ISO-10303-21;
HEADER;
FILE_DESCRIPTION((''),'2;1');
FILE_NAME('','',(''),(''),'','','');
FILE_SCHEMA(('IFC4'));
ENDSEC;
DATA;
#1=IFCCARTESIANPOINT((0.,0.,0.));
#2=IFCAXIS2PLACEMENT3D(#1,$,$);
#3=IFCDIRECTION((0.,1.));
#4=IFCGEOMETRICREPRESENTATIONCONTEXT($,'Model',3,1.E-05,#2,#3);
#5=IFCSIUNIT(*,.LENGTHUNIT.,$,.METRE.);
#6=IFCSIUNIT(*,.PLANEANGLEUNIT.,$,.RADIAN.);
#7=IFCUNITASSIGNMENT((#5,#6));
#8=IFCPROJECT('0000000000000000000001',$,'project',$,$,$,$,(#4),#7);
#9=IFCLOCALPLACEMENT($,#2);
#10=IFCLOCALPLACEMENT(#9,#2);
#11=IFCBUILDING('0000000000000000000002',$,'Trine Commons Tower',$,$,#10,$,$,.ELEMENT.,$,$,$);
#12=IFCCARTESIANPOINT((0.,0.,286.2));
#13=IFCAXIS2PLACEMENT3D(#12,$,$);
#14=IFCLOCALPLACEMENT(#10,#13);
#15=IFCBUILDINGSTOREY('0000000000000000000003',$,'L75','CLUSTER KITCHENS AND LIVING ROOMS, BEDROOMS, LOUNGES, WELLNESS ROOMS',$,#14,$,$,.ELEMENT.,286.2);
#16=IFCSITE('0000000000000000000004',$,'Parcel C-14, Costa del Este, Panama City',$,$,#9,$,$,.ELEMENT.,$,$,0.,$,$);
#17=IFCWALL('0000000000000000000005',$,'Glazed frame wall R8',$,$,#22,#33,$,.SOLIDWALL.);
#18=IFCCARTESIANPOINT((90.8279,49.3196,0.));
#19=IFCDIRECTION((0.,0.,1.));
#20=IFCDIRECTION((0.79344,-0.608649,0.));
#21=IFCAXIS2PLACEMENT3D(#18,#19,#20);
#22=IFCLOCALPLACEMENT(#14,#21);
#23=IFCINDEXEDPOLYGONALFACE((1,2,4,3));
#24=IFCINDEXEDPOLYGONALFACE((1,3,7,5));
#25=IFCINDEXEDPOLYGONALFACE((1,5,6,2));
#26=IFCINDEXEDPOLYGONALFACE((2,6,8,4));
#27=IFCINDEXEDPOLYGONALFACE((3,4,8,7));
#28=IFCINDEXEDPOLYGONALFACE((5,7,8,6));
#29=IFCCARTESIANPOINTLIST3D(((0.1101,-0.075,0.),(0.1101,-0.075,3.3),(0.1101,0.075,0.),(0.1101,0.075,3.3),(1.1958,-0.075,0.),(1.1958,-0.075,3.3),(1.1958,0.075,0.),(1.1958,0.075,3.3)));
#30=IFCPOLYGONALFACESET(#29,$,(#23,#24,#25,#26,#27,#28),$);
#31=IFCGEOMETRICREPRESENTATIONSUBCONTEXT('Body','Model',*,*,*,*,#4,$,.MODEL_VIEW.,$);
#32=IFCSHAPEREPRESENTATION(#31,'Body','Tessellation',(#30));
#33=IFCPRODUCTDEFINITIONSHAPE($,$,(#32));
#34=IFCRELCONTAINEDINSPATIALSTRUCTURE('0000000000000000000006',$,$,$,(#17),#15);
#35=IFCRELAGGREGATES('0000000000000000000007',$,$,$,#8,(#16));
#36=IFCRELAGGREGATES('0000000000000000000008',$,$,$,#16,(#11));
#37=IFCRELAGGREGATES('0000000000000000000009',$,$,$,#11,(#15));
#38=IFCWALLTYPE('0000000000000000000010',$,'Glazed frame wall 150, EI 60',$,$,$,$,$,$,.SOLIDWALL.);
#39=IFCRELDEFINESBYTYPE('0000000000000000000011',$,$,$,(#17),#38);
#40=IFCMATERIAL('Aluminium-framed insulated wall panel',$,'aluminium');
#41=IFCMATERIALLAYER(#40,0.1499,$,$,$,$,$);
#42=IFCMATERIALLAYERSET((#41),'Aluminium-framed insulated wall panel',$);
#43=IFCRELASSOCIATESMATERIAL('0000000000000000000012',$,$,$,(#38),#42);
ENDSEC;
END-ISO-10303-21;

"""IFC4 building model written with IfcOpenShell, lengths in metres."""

from ifc_helpers import new_model, si_unit, direction, frame, origin, place, context, subcontext, project, spatial, polyline, outline, extrude, material, layer, layer_set, type_object, element, save


model = new_model("IFC4")

# Units and contexts
model_context = context("Model", 3, precision=1e-05, world=origin(), true_north=direction((0.0, 1.0)))
body_context = subcontext(model_context, "Body", "Model", "MODEL_VIEW")
ifc_project = project(units=[si_unit("LENGTHUNIT", "METRE"), si_unit("PLANEANGLEUNIT", "RADIAN")], contexts=[model_context])

# Site, building, storey
site_placement = place(None, origin())
site = spatial("IfcSite", under=ifc_project, at=site_placement, Name="Parcel C-14, Costa del Este, Panama City", CompositionType="ELEMENT", RefElevation=0.0)
building_placement = place(site_placement, origin())
building = spatial("IfcBuilding", under=site, at=building_placement, Name="Trine Commons Tower", CompositionType="ELEMENT")
storey_placement = place(building_placement, frame((0.0, 0.0, 286.2)))
storey = spatial("IfcBuildingStorey", under=building, at=storey_placement, Name="L75", Description="CLUSTER KITCHENS AND LIVING ROOMS, BEDROOMS, LOUNGES, WELLNESS ROOMS", CompositionType="ELEMENT", Elevation=286.2)

# Shared definitions
ifc_material_1 = material(Name="Aluminium-framed insulated wall panel", Category="aluminium")
ifc_layer_1 = layer(ifc_material_1, 0.1499)
ifc_layer_set_1 = layer_set([ifc_layer_1], Name="Aluminium-framed insulated wall panel")
wall_type_1 = type_object("IfcWallType", Name="Glazed frame wall 150, EI 60", PredefinedType="SOLIDWALL", material=ifc_layer_set_1)

# Wall
wall_1_placement = place(storey_placement, frame((90.8279, 49.3196, 0.0), z_axis=(0.0, 0.0, 1.0), x_axis=(0.79344, -0.608649, 0.0)))
element("IfcWall", 1, at=wall_1_placement, inside=storey, type_object=wall_type_1, Name="Glazed frame wall R8", PredefinedType="SOLIDWALL", context=body_context, shape_type="SweptSolid", body=[
    extrude(outline(polyline([(0.1101, 0.075), (0.1101, -0.075), (1.1958, -0.075), (1.1958, 0.075), (0.1101, 0.075)])), origin(), (0.0, 0.0, 1.0), 3.3),
])

save(model, "model.ifc")
